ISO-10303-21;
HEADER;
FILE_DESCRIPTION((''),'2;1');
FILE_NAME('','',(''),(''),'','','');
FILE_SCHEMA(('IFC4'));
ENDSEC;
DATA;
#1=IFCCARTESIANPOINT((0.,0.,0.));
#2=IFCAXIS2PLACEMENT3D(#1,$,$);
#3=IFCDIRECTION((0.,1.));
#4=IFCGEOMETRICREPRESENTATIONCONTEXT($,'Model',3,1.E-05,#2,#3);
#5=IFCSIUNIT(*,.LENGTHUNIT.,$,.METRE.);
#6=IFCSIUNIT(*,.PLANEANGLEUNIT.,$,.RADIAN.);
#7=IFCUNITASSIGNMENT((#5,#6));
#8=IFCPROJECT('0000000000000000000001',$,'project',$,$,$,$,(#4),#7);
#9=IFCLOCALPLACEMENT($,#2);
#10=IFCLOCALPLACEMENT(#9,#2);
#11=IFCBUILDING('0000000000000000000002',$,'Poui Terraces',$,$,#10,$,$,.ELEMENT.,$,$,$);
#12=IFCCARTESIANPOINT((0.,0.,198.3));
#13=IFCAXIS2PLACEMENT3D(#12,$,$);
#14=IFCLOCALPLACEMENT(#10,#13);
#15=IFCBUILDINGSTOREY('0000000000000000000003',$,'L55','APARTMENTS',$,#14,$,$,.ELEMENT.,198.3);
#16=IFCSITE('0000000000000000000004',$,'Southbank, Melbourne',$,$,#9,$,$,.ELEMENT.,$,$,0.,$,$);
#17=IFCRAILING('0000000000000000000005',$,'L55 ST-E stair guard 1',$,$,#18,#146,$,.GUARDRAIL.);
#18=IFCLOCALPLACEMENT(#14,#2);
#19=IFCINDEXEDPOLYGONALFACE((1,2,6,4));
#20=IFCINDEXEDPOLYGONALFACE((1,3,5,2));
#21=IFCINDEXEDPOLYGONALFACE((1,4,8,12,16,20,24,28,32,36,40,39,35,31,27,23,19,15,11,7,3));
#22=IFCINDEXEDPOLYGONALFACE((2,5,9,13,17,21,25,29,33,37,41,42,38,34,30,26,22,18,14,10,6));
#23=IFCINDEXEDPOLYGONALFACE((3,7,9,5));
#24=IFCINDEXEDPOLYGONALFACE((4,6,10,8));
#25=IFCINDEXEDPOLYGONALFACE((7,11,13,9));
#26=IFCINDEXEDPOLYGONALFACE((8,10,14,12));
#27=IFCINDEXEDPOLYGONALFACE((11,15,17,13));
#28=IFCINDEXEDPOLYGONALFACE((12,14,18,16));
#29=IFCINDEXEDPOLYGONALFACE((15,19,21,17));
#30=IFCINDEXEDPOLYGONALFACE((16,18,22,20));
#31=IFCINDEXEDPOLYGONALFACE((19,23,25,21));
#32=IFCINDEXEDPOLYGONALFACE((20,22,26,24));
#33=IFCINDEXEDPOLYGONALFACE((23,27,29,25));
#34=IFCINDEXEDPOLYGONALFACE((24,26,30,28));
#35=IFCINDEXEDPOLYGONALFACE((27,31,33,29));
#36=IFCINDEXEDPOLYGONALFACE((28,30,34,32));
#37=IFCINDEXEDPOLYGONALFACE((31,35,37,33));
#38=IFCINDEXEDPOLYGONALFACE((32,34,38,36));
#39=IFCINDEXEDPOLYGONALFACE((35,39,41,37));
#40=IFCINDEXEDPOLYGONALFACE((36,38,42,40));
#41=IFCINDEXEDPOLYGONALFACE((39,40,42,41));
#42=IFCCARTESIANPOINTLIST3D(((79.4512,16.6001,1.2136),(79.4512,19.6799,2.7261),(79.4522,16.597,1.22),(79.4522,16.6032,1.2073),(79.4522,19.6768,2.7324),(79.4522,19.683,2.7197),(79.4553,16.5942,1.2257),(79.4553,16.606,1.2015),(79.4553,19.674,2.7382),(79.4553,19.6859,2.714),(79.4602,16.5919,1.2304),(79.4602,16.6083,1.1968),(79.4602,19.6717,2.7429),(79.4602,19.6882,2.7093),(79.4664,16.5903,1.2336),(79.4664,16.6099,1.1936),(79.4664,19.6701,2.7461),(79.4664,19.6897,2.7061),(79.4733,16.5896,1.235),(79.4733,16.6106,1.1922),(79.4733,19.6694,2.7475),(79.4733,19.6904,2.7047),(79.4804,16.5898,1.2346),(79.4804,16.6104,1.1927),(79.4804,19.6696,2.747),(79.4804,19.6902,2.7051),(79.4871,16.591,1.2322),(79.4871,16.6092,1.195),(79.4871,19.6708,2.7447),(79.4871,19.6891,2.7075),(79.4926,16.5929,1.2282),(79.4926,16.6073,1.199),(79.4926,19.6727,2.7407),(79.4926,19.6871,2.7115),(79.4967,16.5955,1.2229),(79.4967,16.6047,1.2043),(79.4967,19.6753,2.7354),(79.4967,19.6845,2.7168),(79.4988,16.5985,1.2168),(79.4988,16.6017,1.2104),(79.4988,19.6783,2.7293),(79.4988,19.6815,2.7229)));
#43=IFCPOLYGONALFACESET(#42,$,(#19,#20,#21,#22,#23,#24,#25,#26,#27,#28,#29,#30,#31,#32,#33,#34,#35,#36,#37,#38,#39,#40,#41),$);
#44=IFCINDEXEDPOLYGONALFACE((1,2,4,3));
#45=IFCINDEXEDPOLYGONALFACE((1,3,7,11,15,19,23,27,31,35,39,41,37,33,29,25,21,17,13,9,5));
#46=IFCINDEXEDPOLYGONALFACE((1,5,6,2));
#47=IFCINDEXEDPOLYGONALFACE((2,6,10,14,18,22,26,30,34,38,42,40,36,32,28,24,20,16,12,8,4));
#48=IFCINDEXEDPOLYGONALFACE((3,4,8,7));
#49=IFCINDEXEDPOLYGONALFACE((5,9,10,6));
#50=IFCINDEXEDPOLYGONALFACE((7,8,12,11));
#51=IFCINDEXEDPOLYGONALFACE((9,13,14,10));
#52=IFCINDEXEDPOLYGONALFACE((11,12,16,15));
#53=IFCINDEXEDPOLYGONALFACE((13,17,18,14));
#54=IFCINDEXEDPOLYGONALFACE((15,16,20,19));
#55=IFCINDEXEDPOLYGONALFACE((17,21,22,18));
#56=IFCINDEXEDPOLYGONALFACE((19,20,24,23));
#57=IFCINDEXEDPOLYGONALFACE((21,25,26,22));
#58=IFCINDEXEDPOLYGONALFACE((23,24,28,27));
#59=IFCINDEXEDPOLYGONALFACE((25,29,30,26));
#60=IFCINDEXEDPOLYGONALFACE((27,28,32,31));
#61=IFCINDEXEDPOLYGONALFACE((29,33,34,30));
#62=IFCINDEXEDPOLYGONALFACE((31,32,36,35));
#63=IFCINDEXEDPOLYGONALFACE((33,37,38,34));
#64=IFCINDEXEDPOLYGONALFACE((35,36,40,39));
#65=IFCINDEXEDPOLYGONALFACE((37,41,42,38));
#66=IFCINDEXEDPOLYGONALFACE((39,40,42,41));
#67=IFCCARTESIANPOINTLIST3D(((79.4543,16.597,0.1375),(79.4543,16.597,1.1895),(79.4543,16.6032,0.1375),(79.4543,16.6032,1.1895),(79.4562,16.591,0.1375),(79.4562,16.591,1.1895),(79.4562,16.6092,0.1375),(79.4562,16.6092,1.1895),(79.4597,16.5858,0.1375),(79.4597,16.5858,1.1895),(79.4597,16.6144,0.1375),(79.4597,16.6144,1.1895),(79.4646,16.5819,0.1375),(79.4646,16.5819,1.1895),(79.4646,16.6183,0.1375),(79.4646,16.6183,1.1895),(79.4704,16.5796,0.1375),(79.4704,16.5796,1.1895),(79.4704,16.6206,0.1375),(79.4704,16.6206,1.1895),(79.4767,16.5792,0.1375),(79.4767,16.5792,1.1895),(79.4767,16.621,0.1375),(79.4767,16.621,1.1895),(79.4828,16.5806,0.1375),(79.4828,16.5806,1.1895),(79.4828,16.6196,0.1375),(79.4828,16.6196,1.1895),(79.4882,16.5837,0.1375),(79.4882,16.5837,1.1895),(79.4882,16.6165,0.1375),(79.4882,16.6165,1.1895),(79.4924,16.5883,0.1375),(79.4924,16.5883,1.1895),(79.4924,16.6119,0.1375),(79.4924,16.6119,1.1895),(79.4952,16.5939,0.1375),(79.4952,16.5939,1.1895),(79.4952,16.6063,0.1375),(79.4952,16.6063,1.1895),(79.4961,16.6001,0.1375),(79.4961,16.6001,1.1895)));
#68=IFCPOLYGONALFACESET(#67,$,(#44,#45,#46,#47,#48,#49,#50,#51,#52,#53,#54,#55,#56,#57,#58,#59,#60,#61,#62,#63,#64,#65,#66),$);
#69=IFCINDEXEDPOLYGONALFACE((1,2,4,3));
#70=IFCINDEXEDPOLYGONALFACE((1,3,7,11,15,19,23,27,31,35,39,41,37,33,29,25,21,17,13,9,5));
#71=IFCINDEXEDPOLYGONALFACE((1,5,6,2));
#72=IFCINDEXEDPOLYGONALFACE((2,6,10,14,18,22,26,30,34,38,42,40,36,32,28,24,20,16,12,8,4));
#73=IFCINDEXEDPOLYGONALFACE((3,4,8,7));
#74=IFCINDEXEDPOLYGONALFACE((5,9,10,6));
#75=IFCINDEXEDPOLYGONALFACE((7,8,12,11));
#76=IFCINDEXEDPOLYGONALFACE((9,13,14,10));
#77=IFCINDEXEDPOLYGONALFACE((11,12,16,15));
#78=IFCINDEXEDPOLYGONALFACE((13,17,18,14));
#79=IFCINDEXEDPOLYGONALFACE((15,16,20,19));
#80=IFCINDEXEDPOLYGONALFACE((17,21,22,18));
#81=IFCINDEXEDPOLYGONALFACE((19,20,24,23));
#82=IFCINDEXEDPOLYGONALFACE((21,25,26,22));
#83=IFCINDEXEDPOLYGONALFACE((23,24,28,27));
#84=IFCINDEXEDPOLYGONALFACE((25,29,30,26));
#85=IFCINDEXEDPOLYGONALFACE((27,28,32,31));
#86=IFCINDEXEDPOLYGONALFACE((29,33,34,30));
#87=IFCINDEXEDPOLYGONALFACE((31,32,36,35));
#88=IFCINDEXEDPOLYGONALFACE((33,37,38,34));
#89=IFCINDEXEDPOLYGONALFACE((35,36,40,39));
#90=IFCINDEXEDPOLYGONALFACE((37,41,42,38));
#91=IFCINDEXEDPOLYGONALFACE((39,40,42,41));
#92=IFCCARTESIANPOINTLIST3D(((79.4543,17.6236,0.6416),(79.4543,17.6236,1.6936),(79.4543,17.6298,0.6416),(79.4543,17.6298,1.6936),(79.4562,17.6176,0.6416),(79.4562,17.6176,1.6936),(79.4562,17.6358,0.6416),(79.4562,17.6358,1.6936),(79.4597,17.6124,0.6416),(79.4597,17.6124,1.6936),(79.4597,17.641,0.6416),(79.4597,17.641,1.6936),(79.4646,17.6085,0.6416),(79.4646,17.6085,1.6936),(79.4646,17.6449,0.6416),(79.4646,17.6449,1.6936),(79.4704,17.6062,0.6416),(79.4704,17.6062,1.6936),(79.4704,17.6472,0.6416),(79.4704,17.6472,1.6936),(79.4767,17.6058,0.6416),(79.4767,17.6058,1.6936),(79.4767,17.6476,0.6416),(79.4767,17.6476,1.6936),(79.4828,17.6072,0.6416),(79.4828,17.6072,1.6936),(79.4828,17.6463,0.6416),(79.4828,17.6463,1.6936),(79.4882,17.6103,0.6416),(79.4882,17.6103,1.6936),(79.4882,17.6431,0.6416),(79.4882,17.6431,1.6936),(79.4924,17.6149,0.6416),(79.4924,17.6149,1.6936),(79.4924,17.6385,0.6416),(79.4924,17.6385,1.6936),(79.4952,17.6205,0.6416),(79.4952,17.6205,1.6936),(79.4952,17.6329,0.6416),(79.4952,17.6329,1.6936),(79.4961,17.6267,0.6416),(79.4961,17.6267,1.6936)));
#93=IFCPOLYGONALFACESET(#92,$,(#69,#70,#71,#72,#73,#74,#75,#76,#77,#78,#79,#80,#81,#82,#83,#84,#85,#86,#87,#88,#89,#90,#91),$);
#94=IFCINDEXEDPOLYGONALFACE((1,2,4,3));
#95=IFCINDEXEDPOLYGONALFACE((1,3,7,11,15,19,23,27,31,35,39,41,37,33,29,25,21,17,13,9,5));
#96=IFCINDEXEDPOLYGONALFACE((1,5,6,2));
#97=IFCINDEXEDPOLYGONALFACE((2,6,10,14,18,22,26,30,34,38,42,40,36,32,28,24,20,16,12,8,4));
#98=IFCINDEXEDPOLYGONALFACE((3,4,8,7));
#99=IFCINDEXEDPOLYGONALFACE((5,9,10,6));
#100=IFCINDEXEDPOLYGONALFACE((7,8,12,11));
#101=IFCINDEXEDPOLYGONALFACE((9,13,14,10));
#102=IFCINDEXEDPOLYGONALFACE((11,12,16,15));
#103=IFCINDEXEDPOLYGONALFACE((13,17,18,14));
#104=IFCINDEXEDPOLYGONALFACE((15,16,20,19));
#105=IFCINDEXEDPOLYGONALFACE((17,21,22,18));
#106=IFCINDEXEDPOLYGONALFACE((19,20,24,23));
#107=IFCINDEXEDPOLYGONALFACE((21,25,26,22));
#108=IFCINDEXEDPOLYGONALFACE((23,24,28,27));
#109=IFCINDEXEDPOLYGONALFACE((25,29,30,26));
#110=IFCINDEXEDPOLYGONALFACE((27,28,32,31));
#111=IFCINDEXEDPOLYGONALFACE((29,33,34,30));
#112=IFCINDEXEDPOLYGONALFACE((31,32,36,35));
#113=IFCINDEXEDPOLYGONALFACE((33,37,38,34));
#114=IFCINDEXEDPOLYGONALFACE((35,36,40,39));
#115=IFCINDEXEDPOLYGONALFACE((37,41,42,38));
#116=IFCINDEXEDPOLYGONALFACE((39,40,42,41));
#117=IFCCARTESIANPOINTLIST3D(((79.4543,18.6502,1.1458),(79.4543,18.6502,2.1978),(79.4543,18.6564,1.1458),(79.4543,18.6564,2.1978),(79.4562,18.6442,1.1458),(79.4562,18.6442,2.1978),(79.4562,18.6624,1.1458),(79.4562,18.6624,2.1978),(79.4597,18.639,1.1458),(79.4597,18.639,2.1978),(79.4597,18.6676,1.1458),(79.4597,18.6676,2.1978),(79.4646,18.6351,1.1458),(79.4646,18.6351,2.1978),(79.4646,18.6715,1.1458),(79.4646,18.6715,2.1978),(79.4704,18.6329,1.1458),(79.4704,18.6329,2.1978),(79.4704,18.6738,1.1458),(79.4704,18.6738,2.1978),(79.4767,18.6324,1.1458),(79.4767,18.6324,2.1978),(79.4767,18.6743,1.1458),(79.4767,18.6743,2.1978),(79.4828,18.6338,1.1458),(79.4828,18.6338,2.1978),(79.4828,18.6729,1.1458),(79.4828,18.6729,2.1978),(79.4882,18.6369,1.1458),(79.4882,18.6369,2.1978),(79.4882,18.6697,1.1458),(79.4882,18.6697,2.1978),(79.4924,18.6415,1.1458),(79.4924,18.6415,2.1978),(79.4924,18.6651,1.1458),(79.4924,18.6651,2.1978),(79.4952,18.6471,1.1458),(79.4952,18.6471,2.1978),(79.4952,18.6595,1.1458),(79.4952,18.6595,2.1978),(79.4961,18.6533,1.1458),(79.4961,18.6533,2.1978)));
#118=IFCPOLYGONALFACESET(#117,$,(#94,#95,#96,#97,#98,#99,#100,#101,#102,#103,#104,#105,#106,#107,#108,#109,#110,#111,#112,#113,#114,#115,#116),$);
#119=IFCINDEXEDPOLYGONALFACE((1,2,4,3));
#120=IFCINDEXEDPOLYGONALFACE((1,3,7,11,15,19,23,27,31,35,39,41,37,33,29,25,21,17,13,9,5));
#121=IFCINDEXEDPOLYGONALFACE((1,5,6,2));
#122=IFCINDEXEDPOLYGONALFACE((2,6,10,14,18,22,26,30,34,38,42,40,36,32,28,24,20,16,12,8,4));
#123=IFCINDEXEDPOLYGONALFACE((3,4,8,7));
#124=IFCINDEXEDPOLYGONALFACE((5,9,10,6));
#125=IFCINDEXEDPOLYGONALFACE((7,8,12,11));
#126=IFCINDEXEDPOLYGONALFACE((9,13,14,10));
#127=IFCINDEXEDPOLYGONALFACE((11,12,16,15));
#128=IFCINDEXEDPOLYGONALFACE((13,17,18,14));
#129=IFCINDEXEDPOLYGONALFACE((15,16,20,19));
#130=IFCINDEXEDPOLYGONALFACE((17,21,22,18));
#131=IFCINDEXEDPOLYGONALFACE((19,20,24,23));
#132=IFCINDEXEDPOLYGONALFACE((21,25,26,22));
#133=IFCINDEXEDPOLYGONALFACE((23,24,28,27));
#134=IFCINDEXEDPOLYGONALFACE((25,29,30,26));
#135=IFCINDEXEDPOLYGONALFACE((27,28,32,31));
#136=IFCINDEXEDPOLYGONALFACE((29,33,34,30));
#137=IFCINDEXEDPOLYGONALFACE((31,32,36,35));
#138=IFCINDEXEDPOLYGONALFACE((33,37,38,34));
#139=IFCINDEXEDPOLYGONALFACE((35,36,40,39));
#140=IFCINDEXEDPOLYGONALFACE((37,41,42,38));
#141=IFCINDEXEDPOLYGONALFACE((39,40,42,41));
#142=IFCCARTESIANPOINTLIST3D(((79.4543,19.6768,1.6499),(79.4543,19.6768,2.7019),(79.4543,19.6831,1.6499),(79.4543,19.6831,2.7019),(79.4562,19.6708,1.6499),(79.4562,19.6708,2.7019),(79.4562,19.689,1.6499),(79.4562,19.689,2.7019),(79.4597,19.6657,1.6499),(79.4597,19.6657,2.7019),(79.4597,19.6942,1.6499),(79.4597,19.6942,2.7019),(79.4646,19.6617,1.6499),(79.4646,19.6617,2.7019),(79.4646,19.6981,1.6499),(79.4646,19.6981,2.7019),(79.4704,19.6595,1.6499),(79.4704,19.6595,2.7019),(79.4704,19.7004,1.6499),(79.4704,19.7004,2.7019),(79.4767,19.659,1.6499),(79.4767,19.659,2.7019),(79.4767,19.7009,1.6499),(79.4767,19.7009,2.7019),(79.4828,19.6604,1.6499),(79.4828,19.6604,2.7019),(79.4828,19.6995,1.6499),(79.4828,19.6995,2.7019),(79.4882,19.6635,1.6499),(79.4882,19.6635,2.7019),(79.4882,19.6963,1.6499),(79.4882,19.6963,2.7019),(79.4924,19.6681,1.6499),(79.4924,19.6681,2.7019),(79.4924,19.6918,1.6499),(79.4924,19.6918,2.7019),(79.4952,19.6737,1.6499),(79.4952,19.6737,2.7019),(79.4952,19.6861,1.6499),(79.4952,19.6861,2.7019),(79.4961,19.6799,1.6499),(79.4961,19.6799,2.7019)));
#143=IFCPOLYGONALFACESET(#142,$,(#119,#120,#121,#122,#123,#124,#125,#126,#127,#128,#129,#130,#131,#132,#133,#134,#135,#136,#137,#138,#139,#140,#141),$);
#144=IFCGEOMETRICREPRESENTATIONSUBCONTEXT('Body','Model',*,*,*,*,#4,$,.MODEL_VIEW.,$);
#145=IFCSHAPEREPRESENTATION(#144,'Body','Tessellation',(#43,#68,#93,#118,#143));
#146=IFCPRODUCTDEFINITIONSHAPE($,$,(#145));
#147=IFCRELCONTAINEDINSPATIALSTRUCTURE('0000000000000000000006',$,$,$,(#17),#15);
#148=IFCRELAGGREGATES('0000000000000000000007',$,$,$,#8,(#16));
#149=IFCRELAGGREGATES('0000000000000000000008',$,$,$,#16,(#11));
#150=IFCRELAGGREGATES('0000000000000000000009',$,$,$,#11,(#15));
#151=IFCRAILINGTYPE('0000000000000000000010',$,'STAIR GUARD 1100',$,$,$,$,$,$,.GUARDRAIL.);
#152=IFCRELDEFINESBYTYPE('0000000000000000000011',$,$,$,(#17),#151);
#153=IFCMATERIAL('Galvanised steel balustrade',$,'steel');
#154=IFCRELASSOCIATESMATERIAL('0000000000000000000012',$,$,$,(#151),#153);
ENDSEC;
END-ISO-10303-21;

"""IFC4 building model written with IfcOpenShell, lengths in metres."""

from ifc_helpers import new_model, si_unit, direction, frame, origin, origin_2d, place, context, subcontext, project, spatial, circle, extrude, material, type_object, element, save


model = new_model("IFC4")

# Units and contexts
model_context = context("Model", 3, precision=1e-05, world=origin(), true_north=direction((0.0, 1.0)))
body_context = subcontext(model_context, "Body", "Model", "MODEL_VIEW")
ifc_project = project(units=[si_unit("LENGTHUNIT", "METRE"), si_unit("PLANEANGLEUNIT", "RADIAN")], contexts=[model_context])

# Site, building, storey
site_placement = place(None, origin())
site = spatial("IfcSite", under=ifc_project, at=site_placement, Name="Southbank, Melbourne", CompositionType="ELEMENT", RefElevation=0.0)
building_placement = place(site_placement, origin())
building = spatial("IfcBuilding", under=site, at=building_placement, Name="Poui Terraces", CompositionType="ELEMENT")
storey_placement = place(building_placement, frame((0.0, 0.0, 198.3)))
storey = spatial("IfcBuildingStorey", under=building, at=storey_placement, Name="L55", Description="APARTMENTS", CompositionType="ELEMENT", Elevation=198.3)

# Railing
ifc_material_1 = material(Name="Galvanised steel balustrade", Category="steel")
railing_type_1 = type_object("IfcRailingType", Name="STAIR GUARD 1100", PredefinedType="GUARDRAIL", material=ifc_material_1)
railing_1_placement = place(storey_placement, frame((79.4751, 16.6001, 0.1375)))
element("IfcRailing", 1, at=railing_1_placement, inside=storey, type_object=railing_type_1, Name="L55 ST-E stair guard 1", PredefinedType="GUARDRAIL", context=body_context, shape_type="SweptSolid", body=[
    extrude(circle(Radius=0.0239, at=origin_2d()), frame((0.0, 0.0, 1.0762), z_axis=(0.0, 0.897606, 0.440798), x_axis=(-1.0, 0.0, 0.0)), (0.0, 0.0, 1.0), 3.4312),
    extrude(circle(Radius=0.021, at=origin_2d()), origin(), (0.0, 0.0, 1.0), 1.052),
    extrude(circle(Radius=0.021, at=origin_2d()), frame((0.0, 1.0266, 0.5042)), (0.0, 0.0, 1.0), 1.052),
    extrude(circle(Radius=0.021, at=origin_2d()), frame((0.0, 2.0532, 1.0083)), (0.0, 0.0, 1.0), 1.052),
    extrude(circle(Radius=0.021, at=origin_2d()), frame((0.0, 3.0798, 1.5125)), (0.0, 0.0, 1.0), 1.052),
])

save(model, "model.ifc")
